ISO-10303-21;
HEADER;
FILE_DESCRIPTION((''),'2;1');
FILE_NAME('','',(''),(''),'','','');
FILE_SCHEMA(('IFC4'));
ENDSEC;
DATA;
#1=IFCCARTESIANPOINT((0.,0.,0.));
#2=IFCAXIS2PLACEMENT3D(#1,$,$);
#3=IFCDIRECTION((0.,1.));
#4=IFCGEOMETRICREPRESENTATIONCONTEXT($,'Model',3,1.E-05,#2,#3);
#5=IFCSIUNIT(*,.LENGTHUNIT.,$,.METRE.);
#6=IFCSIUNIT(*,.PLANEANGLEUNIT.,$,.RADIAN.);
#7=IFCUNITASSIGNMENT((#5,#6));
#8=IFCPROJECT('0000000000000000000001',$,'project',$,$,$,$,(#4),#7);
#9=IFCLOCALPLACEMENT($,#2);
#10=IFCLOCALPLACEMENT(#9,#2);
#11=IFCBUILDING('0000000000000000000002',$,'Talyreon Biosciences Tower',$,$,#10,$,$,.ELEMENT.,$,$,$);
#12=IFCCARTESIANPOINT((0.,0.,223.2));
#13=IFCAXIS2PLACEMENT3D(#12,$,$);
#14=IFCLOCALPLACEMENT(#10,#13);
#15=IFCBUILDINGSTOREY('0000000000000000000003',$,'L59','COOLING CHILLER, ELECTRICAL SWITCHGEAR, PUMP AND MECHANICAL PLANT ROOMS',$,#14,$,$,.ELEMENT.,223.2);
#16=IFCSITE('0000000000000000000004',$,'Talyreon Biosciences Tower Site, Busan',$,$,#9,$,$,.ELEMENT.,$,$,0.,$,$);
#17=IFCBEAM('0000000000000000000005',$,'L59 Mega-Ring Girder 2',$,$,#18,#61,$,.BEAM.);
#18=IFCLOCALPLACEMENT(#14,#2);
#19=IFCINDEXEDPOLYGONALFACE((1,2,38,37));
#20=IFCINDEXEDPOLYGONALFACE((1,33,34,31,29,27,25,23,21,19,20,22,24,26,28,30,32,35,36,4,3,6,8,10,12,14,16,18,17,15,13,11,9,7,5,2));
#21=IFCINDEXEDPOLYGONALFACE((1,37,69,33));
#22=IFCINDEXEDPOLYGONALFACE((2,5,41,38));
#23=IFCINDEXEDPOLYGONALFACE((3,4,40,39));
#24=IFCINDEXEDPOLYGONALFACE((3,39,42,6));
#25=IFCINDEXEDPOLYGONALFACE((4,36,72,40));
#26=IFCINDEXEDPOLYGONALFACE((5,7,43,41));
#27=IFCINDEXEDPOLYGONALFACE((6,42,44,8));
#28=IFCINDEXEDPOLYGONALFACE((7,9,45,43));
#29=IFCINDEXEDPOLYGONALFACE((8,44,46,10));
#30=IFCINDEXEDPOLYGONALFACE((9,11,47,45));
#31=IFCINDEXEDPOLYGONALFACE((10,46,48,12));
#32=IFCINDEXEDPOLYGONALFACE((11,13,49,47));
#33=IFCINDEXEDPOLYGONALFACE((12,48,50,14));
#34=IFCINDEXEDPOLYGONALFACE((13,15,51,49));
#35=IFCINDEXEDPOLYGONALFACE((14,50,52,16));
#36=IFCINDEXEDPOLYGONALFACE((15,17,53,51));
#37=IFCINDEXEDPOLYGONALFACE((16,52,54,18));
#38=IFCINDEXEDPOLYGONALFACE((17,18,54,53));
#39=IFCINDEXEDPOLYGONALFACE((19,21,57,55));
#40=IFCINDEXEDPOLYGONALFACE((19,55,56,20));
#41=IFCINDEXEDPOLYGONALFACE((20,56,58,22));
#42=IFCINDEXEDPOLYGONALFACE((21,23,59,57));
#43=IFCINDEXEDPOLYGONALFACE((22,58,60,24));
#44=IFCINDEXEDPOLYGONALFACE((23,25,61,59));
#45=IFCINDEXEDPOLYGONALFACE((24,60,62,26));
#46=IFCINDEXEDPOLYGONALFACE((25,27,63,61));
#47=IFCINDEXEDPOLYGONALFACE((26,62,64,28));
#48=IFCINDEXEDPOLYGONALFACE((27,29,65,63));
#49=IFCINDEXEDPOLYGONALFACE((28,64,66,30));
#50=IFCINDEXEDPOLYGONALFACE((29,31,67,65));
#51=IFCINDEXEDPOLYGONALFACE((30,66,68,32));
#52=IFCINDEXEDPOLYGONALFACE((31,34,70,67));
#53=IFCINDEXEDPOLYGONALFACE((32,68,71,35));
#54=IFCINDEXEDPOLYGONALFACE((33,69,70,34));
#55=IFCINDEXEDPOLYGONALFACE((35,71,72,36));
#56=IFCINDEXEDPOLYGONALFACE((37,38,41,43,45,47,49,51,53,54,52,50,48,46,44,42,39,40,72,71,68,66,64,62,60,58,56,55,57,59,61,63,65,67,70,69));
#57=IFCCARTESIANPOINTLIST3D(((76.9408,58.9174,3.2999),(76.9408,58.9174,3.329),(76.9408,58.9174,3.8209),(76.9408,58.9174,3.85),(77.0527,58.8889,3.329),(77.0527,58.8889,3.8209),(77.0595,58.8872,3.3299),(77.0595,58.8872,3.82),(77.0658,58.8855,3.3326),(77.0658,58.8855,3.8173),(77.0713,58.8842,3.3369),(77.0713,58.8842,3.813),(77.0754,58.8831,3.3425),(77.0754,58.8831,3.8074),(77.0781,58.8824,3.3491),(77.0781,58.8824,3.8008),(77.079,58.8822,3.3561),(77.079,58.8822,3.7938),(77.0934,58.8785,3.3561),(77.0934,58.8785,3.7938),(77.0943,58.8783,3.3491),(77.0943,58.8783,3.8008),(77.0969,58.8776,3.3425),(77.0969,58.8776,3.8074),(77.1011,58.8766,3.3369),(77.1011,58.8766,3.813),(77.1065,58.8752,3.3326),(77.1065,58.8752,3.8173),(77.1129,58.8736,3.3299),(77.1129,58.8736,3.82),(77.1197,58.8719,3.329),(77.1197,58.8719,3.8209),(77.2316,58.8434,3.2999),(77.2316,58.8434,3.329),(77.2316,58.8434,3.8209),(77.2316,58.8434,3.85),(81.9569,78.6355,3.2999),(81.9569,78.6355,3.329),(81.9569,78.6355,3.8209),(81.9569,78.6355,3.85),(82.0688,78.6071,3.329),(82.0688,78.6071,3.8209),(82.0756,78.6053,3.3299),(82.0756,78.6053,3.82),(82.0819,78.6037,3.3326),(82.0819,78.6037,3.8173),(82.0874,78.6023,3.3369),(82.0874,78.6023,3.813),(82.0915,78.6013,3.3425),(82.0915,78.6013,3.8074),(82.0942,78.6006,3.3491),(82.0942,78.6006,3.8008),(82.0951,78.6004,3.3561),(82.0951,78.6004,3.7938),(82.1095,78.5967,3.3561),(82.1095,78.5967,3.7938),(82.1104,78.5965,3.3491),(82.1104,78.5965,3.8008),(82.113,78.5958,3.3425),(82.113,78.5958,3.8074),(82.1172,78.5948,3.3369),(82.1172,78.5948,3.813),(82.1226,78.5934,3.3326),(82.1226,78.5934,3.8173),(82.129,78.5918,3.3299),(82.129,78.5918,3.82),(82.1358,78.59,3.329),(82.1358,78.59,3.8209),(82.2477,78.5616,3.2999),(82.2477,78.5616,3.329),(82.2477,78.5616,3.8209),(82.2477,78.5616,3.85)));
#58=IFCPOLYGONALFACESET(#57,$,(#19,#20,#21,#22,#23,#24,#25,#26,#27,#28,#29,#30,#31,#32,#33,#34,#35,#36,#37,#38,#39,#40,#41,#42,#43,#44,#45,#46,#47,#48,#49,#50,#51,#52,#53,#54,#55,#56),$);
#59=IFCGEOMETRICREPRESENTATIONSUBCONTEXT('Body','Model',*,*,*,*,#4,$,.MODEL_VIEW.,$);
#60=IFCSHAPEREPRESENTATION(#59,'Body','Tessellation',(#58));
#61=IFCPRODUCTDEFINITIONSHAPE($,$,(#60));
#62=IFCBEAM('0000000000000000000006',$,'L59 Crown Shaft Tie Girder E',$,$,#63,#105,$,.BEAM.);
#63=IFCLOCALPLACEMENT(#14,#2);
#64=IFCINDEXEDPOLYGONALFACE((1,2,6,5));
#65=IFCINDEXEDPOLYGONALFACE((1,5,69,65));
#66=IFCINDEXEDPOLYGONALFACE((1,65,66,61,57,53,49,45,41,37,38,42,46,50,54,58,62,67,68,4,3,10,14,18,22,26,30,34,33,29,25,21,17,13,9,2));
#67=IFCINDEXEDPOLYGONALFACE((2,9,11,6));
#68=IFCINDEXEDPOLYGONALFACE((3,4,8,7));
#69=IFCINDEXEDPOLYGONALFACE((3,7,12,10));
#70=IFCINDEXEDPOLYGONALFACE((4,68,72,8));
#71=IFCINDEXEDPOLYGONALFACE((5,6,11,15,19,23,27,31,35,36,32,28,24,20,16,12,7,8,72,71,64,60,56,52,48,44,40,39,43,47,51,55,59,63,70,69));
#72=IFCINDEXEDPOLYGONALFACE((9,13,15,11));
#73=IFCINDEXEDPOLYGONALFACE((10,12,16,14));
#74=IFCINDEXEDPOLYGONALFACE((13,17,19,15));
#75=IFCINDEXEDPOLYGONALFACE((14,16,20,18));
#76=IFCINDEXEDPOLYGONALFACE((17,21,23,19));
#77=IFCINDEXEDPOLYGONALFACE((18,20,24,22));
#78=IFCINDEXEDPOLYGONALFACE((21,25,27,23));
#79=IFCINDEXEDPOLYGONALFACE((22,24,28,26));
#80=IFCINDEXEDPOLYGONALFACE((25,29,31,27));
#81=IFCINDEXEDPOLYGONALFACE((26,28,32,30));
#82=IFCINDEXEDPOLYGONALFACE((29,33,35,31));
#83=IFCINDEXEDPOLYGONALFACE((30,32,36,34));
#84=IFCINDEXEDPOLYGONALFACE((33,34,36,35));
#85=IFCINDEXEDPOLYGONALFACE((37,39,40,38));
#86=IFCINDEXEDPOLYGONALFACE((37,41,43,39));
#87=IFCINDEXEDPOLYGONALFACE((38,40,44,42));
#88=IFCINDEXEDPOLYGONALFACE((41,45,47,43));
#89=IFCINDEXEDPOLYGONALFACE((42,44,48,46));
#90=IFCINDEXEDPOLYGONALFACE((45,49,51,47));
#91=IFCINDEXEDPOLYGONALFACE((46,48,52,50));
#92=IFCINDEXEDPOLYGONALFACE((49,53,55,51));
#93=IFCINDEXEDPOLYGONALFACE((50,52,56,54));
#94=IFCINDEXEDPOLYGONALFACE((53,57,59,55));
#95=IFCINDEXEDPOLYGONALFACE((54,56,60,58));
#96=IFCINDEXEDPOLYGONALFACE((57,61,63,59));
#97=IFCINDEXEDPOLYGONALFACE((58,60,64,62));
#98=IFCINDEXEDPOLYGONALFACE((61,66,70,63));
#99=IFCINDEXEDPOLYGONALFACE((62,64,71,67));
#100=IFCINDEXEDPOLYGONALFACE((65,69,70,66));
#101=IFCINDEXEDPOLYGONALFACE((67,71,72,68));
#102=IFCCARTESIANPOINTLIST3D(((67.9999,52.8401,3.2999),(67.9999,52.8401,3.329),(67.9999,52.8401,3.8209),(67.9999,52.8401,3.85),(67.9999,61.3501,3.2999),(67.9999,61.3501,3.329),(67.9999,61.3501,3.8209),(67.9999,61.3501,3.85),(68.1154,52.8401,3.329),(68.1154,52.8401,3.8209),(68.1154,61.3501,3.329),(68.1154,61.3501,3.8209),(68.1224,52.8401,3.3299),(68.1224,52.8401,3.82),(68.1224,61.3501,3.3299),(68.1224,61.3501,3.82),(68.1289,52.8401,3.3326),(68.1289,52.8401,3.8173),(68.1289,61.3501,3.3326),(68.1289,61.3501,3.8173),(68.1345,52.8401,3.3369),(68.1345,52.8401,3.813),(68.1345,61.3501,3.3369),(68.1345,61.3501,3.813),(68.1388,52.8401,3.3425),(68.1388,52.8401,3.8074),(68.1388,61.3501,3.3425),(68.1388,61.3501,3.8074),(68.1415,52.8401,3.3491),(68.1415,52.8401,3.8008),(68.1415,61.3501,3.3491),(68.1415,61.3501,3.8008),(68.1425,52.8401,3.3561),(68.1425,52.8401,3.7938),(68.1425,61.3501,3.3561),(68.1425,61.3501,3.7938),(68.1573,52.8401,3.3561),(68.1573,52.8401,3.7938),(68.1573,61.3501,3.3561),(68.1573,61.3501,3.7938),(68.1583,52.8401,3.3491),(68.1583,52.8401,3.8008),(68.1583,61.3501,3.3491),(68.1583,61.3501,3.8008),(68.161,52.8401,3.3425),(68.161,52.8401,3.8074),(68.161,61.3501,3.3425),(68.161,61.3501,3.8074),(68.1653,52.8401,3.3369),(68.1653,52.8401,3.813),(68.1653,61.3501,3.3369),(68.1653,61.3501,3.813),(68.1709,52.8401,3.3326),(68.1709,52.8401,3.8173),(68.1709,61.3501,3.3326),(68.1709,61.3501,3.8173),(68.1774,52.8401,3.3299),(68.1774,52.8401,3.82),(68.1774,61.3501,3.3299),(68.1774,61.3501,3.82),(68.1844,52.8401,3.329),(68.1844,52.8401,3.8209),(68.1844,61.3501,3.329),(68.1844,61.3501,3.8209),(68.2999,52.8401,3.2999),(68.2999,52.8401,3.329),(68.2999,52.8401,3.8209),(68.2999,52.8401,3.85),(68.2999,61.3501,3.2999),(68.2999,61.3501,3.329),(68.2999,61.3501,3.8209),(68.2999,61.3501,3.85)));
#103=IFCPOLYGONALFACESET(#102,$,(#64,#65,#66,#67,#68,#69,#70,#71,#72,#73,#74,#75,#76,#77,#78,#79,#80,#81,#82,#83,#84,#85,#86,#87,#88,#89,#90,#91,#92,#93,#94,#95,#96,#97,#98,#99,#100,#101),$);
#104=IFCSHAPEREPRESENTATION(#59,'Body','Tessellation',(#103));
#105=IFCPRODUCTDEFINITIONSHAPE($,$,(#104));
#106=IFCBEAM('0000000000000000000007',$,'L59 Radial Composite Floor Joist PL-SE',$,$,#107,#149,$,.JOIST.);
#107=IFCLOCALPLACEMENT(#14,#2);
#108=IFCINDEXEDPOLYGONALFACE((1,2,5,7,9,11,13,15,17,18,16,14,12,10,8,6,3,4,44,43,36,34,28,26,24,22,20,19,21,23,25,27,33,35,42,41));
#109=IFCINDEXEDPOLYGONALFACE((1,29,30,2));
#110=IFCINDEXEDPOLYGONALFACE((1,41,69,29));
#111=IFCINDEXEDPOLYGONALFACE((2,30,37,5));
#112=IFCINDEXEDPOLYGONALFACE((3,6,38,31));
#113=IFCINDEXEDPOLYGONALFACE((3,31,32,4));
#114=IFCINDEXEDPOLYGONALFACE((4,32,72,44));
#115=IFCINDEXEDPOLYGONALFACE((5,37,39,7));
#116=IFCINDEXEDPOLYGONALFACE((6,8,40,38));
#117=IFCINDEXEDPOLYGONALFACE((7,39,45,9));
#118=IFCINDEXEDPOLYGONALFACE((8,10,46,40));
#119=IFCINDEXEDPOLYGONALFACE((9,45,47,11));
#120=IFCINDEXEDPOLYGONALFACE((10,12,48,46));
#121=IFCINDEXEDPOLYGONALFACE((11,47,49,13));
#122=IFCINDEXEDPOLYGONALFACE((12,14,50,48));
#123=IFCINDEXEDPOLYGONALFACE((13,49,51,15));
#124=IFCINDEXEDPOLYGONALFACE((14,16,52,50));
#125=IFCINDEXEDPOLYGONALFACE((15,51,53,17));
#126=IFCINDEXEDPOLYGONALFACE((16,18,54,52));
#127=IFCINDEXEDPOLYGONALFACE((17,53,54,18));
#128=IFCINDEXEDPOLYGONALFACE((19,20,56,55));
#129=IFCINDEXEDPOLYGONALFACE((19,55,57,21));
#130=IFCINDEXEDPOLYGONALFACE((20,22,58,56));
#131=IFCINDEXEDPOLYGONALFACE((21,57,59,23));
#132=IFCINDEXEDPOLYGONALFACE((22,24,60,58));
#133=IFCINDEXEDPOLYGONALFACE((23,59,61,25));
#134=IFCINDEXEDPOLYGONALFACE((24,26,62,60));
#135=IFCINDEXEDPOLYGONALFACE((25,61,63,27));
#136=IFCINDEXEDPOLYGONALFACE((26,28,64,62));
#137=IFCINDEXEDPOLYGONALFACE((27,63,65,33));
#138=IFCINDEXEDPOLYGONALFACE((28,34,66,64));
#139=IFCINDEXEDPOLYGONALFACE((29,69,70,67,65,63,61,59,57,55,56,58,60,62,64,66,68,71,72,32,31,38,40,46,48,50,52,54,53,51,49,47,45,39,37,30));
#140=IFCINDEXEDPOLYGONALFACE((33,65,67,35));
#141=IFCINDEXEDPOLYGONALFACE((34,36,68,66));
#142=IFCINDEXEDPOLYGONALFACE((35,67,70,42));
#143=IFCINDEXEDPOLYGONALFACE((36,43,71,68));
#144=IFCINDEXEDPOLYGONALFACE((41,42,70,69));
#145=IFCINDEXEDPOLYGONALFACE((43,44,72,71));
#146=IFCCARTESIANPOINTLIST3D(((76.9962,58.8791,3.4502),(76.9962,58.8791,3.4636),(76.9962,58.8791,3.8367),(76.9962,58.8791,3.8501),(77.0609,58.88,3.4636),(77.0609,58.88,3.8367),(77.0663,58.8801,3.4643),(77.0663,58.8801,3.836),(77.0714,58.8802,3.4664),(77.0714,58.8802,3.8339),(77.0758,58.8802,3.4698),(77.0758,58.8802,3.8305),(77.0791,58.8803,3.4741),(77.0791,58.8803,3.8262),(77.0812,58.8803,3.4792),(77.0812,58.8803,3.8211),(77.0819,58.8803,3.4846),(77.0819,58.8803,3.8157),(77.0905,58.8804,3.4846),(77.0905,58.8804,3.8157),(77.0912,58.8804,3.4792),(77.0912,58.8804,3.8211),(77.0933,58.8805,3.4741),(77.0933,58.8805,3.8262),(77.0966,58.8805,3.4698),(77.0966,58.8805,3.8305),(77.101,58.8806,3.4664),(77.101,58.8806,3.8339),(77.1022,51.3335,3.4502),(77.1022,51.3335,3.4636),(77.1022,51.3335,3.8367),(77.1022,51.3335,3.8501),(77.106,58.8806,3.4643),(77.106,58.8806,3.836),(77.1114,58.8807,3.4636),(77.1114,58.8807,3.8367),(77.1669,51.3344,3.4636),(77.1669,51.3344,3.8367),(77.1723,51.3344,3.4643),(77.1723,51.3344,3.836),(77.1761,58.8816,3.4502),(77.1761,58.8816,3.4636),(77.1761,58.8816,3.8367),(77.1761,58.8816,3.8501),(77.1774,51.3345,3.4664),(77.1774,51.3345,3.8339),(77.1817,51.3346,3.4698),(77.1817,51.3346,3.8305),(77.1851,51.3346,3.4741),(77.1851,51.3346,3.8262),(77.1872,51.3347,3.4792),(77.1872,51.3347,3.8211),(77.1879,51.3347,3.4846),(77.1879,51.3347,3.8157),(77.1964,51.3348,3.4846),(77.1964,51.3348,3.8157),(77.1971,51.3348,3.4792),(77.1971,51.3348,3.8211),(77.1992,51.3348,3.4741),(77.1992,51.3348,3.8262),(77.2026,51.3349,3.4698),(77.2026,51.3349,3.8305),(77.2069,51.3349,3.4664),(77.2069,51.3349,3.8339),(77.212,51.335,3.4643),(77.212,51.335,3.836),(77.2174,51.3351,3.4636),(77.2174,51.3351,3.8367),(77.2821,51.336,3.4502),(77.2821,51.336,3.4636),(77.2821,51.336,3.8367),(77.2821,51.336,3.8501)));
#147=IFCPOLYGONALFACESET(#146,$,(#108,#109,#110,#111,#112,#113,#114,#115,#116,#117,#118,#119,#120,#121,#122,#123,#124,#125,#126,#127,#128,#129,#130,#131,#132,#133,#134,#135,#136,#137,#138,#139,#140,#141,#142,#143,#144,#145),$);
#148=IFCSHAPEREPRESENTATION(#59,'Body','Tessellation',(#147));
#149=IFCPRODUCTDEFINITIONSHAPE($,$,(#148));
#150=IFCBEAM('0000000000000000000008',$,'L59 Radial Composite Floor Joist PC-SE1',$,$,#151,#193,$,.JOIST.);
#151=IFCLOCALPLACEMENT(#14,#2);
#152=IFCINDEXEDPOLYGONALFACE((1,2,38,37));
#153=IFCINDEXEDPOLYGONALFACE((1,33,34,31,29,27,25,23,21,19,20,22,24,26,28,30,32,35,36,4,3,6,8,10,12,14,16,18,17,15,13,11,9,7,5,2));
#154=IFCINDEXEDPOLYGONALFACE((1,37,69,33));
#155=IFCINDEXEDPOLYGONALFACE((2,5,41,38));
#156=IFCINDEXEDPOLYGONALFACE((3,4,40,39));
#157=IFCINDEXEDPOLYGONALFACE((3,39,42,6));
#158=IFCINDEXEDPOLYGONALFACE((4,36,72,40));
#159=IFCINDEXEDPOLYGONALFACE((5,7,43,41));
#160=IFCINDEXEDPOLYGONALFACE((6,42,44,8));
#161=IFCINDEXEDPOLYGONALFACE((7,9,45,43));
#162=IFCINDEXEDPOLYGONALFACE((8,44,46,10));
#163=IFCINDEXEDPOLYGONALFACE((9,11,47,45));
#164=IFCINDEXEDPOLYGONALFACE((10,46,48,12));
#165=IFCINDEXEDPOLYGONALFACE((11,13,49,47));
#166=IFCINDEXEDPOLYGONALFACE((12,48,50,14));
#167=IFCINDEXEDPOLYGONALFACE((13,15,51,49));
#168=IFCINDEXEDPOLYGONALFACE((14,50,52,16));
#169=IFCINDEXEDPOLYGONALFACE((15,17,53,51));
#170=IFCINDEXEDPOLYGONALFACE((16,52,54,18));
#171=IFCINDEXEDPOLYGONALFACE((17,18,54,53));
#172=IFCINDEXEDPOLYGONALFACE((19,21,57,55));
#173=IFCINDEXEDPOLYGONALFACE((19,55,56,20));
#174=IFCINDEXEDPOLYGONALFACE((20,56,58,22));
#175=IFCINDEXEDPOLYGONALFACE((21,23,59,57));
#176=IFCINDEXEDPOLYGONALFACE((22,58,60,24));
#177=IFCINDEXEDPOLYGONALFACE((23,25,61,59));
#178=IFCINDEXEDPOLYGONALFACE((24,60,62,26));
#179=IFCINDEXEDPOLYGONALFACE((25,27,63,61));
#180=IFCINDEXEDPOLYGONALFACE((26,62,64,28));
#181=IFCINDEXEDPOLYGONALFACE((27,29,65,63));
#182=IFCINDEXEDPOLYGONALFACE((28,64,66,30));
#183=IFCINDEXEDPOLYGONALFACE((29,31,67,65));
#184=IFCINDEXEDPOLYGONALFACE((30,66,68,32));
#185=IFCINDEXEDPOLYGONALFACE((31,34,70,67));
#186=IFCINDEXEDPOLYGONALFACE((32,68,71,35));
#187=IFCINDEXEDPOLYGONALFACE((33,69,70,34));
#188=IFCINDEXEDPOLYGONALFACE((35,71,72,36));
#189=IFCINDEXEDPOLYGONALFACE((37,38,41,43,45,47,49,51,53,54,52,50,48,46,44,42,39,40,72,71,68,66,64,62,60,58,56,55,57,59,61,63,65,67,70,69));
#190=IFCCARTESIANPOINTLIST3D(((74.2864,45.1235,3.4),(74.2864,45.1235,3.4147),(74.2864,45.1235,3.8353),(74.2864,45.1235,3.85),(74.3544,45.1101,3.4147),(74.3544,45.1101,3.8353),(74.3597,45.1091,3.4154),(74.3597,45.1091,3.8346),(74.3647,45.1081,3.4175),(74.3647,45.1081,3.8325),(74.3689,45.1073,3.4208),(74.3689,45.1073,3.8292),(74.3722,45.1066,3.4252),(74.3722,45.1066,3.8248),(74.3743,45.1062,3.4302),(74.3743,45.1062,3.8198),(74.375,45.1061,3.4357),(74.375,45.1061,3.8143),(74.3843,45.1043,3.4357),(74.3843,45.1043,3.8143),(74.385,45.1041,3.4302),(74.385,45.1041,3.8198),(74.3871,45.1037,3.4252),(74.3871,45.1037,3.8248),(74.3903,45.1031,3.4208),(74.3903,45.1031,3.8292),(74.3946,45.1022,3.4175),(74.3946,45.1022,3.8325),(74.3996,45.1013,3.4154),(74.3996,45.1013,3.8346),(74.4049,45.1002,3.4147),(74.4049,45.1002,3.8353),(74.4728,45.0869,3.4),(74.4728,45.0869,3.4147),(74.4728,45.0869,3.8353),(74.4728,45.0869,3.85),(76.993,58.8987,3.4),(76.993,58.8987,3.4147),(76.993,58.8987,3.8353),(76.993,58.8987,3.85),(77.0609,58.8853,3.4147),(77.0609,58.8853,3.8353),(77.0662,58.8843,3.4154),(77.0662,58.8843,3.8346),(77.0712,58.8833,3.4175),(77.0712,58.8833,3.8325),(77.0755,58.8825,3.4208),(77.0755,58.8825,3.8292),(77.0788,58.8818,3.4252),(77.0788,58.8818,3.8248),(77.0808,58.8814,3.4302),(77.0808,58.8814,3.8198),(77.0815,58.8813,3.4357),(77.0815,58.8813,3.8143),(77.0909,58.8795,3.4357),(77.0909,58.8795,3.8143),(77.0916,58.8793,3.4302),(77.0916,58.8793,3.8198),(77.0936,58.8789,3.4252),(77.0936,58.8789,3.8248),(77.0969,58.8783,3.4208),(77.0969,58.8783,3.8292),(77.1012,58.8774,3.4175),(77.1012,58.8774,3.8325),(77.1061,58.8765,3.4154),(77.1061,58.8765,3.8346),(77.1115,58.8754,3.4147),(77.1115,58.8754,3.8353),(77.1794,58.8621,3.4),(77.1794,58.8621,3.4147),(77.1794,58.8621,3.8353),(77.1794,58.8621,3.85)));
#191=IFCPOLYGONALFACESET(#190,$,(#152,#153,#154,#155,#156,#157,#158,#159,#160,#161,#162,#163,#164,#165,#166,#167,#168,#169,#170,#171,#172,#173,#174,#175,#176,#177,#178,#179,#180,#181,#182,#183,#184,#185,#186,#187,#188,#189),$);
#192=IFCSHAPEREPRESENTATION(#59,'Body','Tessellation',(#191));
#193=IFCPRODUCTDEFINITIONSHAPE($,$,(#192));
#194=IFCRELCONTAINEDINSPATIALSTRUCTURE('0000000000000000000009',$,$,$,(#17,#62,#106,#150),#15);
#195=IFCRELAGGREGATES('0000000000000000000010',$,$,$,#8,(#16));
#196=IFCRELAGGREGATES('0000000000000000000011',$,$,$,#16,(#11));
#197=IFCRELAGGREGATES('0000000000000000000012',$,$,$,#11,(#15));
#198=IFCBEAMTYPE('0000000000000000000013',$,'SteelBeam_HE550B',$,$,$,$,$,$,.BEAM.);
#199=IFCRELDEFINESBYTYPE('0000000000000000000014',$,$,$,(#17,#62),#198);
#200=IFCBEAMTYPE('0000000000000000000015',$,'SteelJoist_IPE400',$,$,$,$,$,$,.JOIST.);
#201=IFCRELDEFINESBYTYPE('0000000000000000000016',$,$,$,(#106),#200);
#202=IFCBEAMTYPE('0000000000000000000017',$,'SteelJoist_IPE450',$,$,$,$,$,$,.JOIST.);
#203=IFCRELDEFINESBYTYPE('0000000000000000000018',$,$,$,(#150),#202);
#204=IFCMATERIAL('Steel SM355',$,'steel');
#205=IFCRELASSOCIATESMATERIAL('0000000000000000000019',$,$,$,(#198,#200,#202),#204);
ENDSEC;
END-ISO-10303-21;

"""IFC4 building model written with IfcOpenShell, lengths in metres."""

from ifc_helpers import new_model, si_unit, direction, frame, origin, origin_2d, place, context, subcontext, project, spatial, i_section, extrude, material, material_profile, profile_set, type_object, element, save


model = new_model("IFC4")

# Units and contexts
model_context = context("Model", 3, precision=1e-05, world=origin(), true_north=direction((0.0, 1.0)))
body_context = subcontext(model_context, "Body", "Model", "MODEL_VIEW")
ifc_project = project(units=[si_unit("LENGTHUNIT", "METRE"), si_unit("PLANEANGLEUNIT", "RADIAN")], contexts=[model_context])

# Site, building, storey
site_placement = place(None, origin())
site = spatial("IfcSite", under=ifc_project, at=site_placement, Name="Talyreon Biosciences Tower Site, Busan", CompositionType="ELEMENT", RefElevation=0.0)
building_placement = place(site_placement, origin())
building = spatial("IfcBuilding", under=site, at=building_placement, Name="Talyreon Biosciences Tower", CompositionType="ELEMENT")
storey_placement = place(building_placement, frame((0.0, 0.0, 223.2)))
storey = spatial("IfcBuildingStorey", under=building, at=storey_placement, Name="L59", Description="COOLING CHILLER, ELECTRICAL SWITCHGEAR, PUMP AND MECHANICAL PLANT ROOMS", CompositionType="ELEMENT", Elevation=223.2)

# Shared definitions
ifc_material_1 = material(Name="Steel SM355", Category="steel")

# Beams
ifc_material_profile_1 = material_profile(ifc_material_1, i_section(OverallWidth=0.3, OverallDepth=0.55, WebThickness=0.0149, FlangeThickness=0.0291, FilletRadius=0.0271, at=origin_2d()), Name="HE550B")
ifc_profile_set_1 = profile_set([ifc_material_profile_1], Name="Steel SM355")
beam_type_1 = type_object("IfcBeamType", Name="SteelBeam_HE550B", PredefinedType="BEAM", material=ifc_profile_set_1)
beam_1_placement = place(storey_placement, frame((77.0862, 58.8804, 3.575), z_axis=(0.246537, 0.969133, 0.0), x_axis=(-0.969133, 0.246537, 0.0)))
element("IfcBeam", 1, at=beam_1_placement, inside=storey, type_object=beam_type_1, Name="L59 Mega-Ring Girder 2", PredefinedType="BEAM", context=body_context, shape_type="SweptSolid", body=[
    extrude(i_section(OverallWidth=0.3, OverallDepth=0.55, WebThickness=0.0149, FlangeThickness=0.0291, FilletRadius=0.0271, at=origin_2d()), origin(), (0.0, 0.0, 1.0), 20.3462),
])
beam_2_placement = place(storey_placement, frame((68.1499, 52.8401, 3.575), z_axis=(0.0, 1.0, 0.0), x_axis=(-1.0, 0.0, 0.0)))
element("IfcBeam", 2, at=beam_2_placement, inside=storey, type_object=beam_type_1, Name="L59 Crown Shaft Tie Girder E", PredefinedType="BEAM", context=body_context, shape_type="SweptSolid", body=[
    extrude(i_section(OverallWidth=0.3, OverallDepth=0.55, WebThickness=0.0149, FlangeThickness=0.0291, FilletRadius=0.0271, at=origin_2d()), origin(), (0.0, 0.0, 1.0), 8.51),
])
ifc_material_profile_2 = material_profile(ifc_material_1, i_section(OverallWidth=0.1799, OverallDepth=0.3999, WebThickness=0.0085, FlangeThickness=0.0134, FilletRadius=0.021, at=origin_2d()), Name="IPE400")
ifc_profile_set_2 = profile_set([ifc_material_profile_2], Name="Steel SM355")
beam_type_2 = type_object("IfcBeamType", Name="SteelJoist_IPE400", PredefinedType="JOIST", material=ifc_profile_set_2)
beam_3_placement = place(storey_placement, frame((77.0862, 58.8804, 3.6501), z_axis=(0.014041, -0.999901, 0.0), x_axis=(0.999901, 0.014041, 0.0)))
element("IfcBeam", 3, at=beam_3_placement, inside=storey, type_object=beam_type_2, Name="L59 Radial Composite Floor Joist PL-SE", PredefinedType="JOIST", context=body_context, shape_type="SweptSolid", body=[
    extrude(i_section(OverallWidth=0.1799, OverallDepth=0.3999, WebThickness=0.0085, FlangeThickness=0.0134, FilletRadius=0.021, at=origin_2d()), origin(), (0.0, 0.0, 1.0), 7.5464),
])
ifc_material_profile_3 = material_profile(ifc_material_1, i_section(OverallWidth=0.1899, OverallDepth=0.45, WebThickness=0.0095, FlangeThickness=0.0146, FilletRadius=0.021, at=origin_2d()), Name="IPE450")
ifc_profile_set_3 = profile_set([ifc_material_profile_3], Name="Steel SM355")
beam_type_3 = type_object("IfcBeamType", Name="SteelJoist_IPE450", PredefinedType="JOIST", material=ifc_profile_set_3)
beam_4_placement = place(storey_placement, frame((77.0862, 58.8804, 3.625), z_axis=(-0.192794, -0.981239, 0.0), x_axis=(0.981239, -0.192794, 0.0)))
element("IfcBeam", 4, at=beam_4_placement, inside=storey, type_object=beam_type_3, Name="L59 Radial Composite Floor Joist PC-SE1", PredefinedType="JOIST", context=body_context, shape_type="SweptSolid", body=[
    extrude(i_section(OverallWidth=0.1899, OverallDepth=0.45, WebThickness=0.0095, FlangeThickness=0.0146, FilletRadius=0.021, at=origin_2d()), origin(), (0.0, 0.0, 1.0), 14.0386),
])

save(model, "model.ifc")
